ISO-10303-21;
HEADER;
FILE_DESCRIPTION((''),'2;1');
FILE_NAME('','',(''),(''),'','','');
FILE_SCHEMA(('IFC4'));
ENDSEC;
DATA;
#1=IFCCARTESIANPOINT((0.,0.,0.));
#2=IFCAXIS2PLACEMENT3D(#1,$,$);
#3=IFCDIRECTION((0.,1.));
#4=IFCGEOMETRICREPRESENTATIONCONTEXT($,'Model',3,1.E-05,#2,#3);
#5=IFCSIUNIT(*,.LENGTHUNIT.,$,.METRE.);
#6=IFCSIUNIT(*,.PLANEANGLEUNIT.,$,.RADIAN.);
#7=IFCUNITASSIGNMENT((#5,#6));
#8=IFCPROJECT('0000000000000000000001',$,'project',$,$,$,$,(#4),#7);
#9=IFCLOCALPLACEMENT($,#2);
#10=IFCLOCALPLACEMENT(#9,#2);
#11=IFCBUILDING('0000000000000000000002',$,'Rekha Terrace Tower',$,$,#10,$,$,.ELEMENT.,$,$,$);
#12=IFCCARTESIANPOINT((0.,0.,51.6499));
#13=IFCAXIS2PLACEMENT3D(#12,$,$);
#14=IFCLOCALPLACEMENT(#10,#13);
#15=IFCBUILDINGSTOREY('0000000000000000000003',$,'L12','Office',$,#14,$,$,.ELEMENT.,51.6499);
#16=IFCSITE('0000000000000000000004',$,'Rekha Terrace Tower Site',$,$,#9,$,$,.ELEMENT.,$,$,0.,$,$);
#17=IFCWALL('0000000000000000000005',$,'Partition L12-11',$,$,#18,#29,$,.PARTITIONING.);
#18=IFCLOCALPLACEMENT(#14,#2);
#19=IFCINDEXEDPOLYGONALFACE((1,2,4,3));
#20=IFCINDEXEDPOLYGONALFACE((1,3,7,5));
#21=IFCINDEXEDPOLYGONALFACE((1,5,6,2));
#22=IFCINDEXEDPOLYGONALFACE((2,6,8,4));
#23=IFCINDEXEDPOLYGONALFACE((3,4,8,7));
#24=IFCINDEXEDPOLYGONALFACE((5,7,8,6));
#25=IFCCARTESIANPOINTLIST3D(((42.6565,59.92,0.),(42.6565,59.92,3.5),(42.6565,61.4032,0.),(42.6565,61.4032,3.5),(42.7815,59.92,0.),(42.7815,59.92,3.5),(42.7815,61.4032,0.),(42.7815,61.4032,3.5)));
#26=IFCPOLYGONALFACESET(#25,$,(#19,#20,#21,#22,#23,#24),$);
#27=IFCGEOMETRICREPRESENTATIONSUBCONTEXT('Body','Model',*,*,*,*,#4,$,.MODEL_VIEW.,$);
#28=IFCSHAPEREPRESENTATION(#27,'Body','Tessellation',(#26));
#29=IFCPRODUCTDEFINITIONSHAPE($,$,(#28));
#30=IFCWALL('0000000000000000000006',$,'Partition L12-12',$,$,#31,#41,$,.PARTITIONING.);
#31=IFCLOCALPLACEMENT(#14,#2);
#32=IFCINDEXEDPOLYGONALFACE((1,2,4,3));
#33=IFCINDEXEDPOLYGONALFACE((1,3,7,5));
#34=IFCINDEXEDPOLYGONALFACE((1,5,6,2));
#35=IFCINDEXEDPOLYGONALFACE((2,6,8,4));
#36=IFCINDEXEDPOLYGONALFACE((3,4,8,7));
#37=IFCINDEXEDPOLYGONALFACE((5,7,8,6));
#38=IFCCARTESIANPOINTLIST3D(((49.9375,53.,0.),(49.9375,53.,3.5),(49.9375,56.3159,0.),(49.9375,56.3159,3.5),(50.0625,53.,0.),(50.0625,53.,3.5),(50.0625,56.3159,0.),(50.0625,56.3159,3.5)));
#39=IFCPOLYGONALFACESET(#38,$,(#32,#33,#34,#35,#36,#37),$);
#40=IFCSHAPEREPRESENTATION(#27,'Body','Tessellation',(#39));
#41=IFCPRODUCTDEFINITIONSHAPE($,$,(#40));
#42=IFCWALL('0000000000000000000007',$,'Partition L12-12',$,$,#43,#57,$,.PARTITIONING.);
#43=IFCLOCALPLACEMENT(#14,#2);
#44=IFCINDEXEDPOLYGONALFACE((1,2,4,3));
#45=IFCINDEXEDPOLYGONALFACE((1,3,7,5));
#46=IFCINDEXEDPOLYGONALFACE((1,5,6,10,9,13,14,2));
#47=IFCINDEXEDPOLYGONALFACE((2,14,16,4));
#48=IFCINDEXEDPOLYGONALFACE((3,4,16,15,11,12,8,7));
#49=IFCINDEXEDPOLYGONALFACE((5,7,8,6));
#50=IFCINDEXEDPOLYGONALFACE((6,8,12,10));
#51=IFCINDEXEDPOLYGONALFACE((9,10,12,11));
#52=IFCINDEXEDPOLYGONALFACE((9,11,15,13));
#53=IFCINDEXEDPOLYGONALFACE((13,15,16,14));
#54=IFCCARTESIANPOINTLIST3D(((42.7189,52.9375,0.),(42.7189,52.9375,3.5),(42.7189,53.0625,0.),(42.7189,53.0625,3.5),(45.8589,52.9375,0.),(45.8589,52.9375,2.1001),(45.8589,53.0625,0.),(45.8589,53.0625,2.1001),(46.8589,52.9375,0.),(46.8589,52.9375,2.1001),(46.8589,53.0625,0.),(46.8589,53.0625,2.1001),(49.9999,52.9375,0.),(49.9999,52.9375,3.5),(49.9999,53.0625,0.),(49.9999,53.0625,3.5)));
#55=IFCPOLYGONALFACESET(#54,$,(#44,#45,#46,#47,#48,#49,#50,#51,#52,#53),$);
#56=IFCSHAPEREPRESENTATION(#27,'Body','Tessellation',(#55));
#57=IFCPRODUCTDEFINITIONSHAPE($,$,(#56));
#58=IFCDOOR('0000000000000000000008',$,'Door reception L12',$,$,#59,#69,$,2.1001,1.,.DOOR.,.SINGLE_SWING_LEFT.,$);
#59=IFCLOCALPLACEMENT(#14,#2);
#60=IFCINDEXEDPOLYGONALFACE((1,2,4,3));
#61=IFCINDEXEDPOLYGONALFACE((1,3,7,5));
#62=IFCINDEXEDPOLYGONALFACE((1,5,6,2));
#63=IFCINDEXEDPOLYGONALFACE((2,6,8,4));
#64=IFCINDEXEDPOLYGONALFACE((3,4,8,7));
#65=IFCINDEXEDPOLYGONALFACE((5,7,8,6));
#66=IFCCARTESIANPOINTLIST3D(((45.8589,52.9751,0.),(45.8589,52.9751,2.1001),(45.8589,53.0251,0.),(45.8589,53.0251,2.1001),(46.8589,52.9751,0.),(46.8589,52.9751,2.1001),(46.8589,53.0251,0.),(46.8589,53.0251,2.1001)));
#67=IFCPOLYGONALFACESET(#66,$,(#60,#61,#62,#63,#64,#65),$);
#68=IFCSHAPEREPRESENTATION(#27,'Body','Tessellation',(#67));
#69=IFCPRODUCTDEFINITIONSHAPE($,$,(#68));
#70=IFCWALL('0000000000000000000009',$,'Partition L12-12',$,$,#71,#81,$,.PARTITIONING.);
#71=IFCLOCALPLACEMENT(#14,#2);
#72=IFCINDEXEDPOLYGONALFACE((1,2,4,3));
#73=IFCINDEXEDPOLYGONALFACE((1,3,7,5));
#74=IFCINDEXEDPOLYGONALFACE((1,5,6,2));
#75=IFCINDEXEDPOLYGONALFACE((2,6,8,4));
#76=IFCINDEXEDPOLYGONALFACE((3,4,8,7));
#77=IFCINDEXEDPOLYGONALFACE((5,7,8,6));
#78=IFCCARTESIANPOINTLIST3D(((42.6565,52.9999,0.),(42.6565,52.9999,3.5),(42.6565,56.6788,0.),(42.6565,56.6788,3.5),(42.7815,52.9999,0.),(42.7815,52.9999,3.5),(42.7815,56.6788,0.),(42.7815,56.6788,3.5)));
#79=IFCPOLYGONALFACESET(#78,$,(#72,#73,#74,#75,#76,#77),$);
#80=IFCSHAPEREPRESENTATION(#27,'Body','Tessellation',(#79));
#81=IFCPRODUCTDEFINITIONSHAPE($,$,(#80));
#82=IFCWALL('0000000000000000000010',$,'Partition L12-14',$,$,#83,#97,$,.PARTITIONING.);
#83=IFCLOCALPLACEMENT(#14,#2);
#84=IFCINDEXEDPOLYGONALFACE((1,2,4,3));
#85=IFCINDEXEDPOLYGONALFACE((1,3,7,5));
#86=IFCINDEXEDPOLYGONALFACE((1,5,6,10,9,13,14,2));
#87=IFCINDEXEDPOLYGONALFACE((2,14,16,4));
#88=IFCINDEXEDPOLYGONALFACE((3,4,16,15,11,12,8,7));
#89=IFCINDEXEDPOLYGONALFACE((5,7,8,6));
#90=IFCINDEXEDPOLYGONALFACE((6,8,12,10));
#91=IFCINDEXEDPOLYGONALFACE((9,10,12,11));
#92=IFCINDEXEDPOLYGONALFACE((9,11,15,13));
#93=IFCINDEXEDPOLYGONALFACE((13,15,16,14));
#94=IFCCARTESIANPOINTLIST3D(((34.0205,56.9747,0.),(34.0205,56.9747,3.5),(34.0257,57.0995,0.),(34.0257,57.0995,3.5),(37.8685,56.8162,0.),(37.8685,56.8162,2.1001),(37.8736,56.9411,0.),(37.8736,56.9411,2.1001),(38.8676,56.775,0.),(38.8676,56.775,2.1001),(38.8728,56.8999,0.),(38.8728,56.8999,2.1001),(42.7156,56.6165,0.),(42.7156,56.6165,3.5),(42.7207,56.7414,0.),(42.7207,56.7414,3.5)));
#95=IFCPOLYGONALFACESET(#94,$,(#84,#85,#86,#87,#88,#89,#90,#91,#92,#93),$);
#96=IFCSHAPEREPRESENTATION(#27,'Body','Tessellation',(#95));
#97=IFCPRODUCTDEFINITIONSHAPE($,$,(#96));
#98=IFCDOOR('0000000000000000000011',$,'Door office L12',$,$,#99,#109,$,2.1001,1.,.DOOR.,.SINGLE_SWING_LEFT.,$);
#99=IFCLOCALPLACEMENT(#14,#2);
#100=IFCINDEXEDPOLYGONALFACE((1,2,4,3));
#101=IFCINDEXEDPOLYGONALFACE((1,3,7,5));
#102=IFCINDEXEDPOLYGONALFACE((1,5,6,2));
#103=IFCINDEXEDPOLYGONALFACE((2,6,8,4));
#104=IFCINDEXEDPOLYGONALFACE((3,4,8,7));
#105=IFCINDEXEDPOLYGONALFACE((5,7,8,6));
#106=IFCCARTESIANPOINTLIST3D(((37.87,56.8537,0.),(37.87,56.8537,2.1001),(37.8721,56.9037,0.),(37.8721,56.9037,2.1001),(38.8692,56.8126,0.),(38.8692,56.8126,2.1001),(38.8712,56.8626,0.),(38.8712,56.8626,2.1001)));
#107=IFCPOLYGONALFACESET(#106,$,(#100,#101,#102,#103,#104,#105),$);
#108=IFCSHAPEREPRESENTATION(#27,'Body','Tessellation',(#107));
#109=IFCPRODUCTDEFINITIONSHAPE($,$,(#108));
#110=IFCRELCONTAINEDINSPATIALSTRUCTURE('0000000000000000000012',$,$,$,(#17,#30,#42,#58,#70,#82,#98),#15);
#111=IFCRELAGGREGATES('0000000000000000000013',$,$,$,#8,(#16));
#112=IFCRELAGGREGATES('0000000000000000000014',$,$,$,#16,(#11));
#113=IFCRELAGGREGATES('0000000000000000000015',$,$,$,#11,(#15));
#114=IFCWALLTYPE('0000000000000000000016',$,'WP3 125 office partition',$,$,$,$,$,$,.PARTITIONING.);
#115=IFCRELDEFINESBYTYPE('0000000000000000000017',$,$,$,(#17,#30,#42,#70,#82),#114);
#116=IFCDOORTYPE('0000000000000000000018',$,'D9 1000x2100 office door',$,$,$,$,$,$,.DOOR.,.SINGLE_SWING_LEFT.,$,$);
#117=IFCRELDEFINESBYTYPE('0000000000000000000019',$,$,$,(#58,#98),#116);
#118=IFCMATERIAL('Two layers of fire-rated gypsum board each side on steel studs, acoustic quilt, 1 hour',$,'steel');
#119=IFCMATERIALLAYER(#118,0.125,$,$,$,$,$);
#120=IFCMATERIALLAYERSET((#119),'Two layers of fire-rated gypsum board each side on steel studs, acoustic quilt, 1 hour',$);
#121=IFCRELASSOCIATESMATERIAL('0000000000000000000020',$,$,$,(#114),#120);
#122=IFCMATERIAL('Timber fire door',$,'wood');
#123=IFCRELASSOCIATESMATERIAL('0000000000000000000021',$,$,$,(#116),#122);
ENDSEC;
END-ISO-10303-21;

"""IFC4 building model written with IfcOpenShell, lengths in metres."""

from ifc_helpers import new_model, si_unit, direction, frame, frame_2d, origin, place, context, subcontext, project, spatial, rectangle, extrude, material, layer, layer_set, type_object, element, fill, save


model = new_model("IFC4")

# Units and contexts
model_context = context("Model", 3, precision=1e-05, world=origin(), true_north=direction((0.0, 1.0)))
body_context = subcontext(model_context, "Body", "Model", "MODEL_VIEW")
ifc_project = project(units=[si_unit("LENGTHUNIT", "METRE"), si_unit("PLANEANGLEUNIT", "RADIAN")], contexts=[model_context])

# Site, building, storey
site_placement = place(None, origin())
site = spatial("IfcSite", under=ifc_project, at=site_placement, Name="Rekha Terrace Tower Site", CompositionType="ELEMENT", RefElevation=0.0)
building_placement = place(site_placement, origin())
building = spatial("IfcBuilding", under=site, at=building_placement, Name="Rekha Terrace Tower", CompositionType="ELEMENT")
storey_placement = place(building_placement, frame((0.0, 0.0, 51.6499)))
storey = spatial("IfcBuildingStorey", under=building, at=storey_placement, Name="L12", Description="Office", CompositionType="ELEMENT", Elevation=51.6499)

# Walls
ifc_material_1 = material(Name="Two layers of fire-rated gypsum board each side on steel studs, acoustic quilt, 1 hour", Category="steel")
ifc_layer_1 = layer(ifc_material_1, 0.125)
ifc_layer_set_1 = layer_set([ifc_layer_1], Name="Two layers of fire-rated gypsum board each side on steel studs, acoustic quilt, 1 hour")
wall_type_1 = type_object("IfcWallType", Name="WP3 125 office partition", PredefinedType="PARTITIONING", material=ifc_layer_set_1)
wall_1_placement = place(storey_placement, frame((42.719, 59.9199, 0.0), z_axis=(0.0, 0.0, 1.0), x_axis=(0.0, 1.0, 0.0)))
element("IfcWall", 1, at=wall_1_placement, inside=storey, type_object=wall_type_1, Name="Partition L12-11", PredefinedType="PARTITIONING", context=body_context, shape_type="SweptSolid", body=[
    extrude(rectangle(XDim=1.4832, YDim=0.125, at=frame_2d((0.7417, 0.0))), origin(), (0.0, 0.0, 1.0), 3.5),
])
wall_2_placement = place(storey_placement, frame((50.0, 56.3159, 0.0), z_axis=(0.0, 0.0, 1.0), x_axis=(0.0, -1.0, 0.0)))
element("IfcWall", 2, at=wall_2_placement, inside=storey, type_object=wall_type_1, Name="Partition L12-12", PredefinedType="PARTITIONING", context=body_context, shape_type="SweptSolid", body=[
    extrude(rectangle(XDim=3.3159, YDim=0.125, at=frame_2d((1.658, 0.0))), origin(), (0.0, 0.0, 1.0), 3.5),
])

# Wall, opening, door
wall_3_placement = place(storey_placement, frame((50.0, 53.0, 0.0), z_axis=(0.0, 0.0, 1.0), x_axis=(-1.0, 0.0, 0.0)))
wall_3 = element("IfcWall", 3, at=wall_3_placement, inside=storey, type_object=wall_type_1, Name="Partition L12-12", PredefinedType="PARTITIONING", context=body_context, shape_type="SweptSolid", body=[
    extrude(rectangle(XDim=7.281, YDim=0.125, at=frame_2d((3.6406, 0.0))), origin(), (0.0, 0.0, 1.0), 3.5),
])
opening_1_placement = place(wall_3_placement, frame((3.1411, 0.0, 0.0)))
opening_1 = element("IfcOpeningElement", 4, at=opening_1_placement, cuts=wall_3, PredefinedType="OPENING", context=body_context, shape_type="SweptSolid", body=[
    extrude(rectangle(XDim=1.0, YDim=2.1001, at=frame_2d((0.5, 1.05))), frame((0.0, 0.0725, 0.0), z_axis=(0.0, -1.0, 0.0), x_axis=(1.0, 0.0, 0.0)), (0.0, 0.0, 1.0), 0.145),
])
ifc_material_2 = material(Name="Timber fire door", Category="wood")
door_type_1 = type_object("IfcDoorType", Name="D9 1000x2100 office door", OperationType="SINGLE_SWING_LEFT", PredefinedType="DOOR", material=ifc_material_2)
door_1_placement = place(opening_1_placement, origin())
door_1 = element("IfcDoor", 5, at=door_1_placement, inside=storey, type_object=door_type_1, Name="Door reception L12", OperationType="SINGLE_SWING_LEFT", OverallHeight=2.1001, OverallWidth=1.0, PredefinedType="DOOR", context=body_context, shape_type="SweptSolid", body=[
    extrude(rectangle(XDim=1.0, YDim=2.1001, at=frame_2d((0.5, 1.05))), frame((0.0, 0.0249, 0.0), z_axis=(0.0, -1.0, 0.0), x_axis=(1.0, 0.0, 0.0)), (0.0, 0.0, 1.0), 0.05),
])
fill(opening_1, door_1)

# Wall
wall_4_placement = place(storey_placement, frame((42.719, 53.0, 0.0), z_axis=(0.0, 0.0, 1.0), x_axis=(0.0, 1.0, 0.0)))
element("IfcWall", 6, at=wall_4_placement, inside=storey, type_object=wall_type_1, Name="Partition L12-12", PredefinedType="PARTITIONING", context=body_context, shape_type="SweptSolid", body=[
    extrude(rectangle(XDim=3.679, YDim=0.125, at=frame_2d((1.8394, 0.0))), origin(), (0.0, 0.0, 1.0), 3.5),
])

# Wall, opening, door
wall_5_placement = place(storey_placement, frame((42.718, 56.679, 0.0), z_axis=(0.0, 0.0, 1.0), x_axis=(-0.999153, 0.041156, 0.0)))
wall_5 = element("IfcWall", 7, at=wall_5_placement, inside=storey, type_object=wall_type_1, Name="Partition L12-14", PredefinedType="PARTITIONING", context=body_context, shape_type="SweptSolid", body=[
    extrude(rectangle(XDim=8.7024, YDim=0.125, at=frame_2d((4.3511, 0.0))), origin(), (0.0, 0.0, 1.0), 3.5),
])
opening_2_placement = place(wall_5_placement, frame((3.8511, 0.0, 0.0)))
opening_2 = element("IfcOpeningElement", 8, at=opening_2_placement, cuts=wall_5, PredefinedType="OPENING", context=body_context, shape_type="SweptSolid", body=[
    extrude(rectangle(XDim=1.0, YDim=2.1001, at=frame_2d((0.5, 1.05))), frame((0.0, 0.0725, 0.0), z_axis=(0.0, -1.0, 0.0), x_axis=(1.0, 0.0, 0.0)), (0.0, 0.0, 1.0), 0.145),
])
door_2_placement = place(opening_2_placement, origin())
door_2 = element("IfcDoor", 9, at=door_2_placement, inside=storey, type_object=door_type_1, Name="Door office L12", OperationType="SINGLE_SWING_LEFT", OverallHeight=2.1001, OverallWidth=1.0, PredefinedType="DOOR", context=body_context, shape_type="SweptSolid", body=[
    extrude(rectangle(XDim=1.0, YDim=2.1001, at=frame_2d((0.5, 1.05))), frame((0.0, 0.0249, 0.0), z_axis=(0.0, -1.0, 0.0), x_axis=(1.0, 0.0, 0.0)), (0.0, 0.0, 1.0), 0.05),
])
fill(opening_2, door_2)

save(model, "model.ifc")
